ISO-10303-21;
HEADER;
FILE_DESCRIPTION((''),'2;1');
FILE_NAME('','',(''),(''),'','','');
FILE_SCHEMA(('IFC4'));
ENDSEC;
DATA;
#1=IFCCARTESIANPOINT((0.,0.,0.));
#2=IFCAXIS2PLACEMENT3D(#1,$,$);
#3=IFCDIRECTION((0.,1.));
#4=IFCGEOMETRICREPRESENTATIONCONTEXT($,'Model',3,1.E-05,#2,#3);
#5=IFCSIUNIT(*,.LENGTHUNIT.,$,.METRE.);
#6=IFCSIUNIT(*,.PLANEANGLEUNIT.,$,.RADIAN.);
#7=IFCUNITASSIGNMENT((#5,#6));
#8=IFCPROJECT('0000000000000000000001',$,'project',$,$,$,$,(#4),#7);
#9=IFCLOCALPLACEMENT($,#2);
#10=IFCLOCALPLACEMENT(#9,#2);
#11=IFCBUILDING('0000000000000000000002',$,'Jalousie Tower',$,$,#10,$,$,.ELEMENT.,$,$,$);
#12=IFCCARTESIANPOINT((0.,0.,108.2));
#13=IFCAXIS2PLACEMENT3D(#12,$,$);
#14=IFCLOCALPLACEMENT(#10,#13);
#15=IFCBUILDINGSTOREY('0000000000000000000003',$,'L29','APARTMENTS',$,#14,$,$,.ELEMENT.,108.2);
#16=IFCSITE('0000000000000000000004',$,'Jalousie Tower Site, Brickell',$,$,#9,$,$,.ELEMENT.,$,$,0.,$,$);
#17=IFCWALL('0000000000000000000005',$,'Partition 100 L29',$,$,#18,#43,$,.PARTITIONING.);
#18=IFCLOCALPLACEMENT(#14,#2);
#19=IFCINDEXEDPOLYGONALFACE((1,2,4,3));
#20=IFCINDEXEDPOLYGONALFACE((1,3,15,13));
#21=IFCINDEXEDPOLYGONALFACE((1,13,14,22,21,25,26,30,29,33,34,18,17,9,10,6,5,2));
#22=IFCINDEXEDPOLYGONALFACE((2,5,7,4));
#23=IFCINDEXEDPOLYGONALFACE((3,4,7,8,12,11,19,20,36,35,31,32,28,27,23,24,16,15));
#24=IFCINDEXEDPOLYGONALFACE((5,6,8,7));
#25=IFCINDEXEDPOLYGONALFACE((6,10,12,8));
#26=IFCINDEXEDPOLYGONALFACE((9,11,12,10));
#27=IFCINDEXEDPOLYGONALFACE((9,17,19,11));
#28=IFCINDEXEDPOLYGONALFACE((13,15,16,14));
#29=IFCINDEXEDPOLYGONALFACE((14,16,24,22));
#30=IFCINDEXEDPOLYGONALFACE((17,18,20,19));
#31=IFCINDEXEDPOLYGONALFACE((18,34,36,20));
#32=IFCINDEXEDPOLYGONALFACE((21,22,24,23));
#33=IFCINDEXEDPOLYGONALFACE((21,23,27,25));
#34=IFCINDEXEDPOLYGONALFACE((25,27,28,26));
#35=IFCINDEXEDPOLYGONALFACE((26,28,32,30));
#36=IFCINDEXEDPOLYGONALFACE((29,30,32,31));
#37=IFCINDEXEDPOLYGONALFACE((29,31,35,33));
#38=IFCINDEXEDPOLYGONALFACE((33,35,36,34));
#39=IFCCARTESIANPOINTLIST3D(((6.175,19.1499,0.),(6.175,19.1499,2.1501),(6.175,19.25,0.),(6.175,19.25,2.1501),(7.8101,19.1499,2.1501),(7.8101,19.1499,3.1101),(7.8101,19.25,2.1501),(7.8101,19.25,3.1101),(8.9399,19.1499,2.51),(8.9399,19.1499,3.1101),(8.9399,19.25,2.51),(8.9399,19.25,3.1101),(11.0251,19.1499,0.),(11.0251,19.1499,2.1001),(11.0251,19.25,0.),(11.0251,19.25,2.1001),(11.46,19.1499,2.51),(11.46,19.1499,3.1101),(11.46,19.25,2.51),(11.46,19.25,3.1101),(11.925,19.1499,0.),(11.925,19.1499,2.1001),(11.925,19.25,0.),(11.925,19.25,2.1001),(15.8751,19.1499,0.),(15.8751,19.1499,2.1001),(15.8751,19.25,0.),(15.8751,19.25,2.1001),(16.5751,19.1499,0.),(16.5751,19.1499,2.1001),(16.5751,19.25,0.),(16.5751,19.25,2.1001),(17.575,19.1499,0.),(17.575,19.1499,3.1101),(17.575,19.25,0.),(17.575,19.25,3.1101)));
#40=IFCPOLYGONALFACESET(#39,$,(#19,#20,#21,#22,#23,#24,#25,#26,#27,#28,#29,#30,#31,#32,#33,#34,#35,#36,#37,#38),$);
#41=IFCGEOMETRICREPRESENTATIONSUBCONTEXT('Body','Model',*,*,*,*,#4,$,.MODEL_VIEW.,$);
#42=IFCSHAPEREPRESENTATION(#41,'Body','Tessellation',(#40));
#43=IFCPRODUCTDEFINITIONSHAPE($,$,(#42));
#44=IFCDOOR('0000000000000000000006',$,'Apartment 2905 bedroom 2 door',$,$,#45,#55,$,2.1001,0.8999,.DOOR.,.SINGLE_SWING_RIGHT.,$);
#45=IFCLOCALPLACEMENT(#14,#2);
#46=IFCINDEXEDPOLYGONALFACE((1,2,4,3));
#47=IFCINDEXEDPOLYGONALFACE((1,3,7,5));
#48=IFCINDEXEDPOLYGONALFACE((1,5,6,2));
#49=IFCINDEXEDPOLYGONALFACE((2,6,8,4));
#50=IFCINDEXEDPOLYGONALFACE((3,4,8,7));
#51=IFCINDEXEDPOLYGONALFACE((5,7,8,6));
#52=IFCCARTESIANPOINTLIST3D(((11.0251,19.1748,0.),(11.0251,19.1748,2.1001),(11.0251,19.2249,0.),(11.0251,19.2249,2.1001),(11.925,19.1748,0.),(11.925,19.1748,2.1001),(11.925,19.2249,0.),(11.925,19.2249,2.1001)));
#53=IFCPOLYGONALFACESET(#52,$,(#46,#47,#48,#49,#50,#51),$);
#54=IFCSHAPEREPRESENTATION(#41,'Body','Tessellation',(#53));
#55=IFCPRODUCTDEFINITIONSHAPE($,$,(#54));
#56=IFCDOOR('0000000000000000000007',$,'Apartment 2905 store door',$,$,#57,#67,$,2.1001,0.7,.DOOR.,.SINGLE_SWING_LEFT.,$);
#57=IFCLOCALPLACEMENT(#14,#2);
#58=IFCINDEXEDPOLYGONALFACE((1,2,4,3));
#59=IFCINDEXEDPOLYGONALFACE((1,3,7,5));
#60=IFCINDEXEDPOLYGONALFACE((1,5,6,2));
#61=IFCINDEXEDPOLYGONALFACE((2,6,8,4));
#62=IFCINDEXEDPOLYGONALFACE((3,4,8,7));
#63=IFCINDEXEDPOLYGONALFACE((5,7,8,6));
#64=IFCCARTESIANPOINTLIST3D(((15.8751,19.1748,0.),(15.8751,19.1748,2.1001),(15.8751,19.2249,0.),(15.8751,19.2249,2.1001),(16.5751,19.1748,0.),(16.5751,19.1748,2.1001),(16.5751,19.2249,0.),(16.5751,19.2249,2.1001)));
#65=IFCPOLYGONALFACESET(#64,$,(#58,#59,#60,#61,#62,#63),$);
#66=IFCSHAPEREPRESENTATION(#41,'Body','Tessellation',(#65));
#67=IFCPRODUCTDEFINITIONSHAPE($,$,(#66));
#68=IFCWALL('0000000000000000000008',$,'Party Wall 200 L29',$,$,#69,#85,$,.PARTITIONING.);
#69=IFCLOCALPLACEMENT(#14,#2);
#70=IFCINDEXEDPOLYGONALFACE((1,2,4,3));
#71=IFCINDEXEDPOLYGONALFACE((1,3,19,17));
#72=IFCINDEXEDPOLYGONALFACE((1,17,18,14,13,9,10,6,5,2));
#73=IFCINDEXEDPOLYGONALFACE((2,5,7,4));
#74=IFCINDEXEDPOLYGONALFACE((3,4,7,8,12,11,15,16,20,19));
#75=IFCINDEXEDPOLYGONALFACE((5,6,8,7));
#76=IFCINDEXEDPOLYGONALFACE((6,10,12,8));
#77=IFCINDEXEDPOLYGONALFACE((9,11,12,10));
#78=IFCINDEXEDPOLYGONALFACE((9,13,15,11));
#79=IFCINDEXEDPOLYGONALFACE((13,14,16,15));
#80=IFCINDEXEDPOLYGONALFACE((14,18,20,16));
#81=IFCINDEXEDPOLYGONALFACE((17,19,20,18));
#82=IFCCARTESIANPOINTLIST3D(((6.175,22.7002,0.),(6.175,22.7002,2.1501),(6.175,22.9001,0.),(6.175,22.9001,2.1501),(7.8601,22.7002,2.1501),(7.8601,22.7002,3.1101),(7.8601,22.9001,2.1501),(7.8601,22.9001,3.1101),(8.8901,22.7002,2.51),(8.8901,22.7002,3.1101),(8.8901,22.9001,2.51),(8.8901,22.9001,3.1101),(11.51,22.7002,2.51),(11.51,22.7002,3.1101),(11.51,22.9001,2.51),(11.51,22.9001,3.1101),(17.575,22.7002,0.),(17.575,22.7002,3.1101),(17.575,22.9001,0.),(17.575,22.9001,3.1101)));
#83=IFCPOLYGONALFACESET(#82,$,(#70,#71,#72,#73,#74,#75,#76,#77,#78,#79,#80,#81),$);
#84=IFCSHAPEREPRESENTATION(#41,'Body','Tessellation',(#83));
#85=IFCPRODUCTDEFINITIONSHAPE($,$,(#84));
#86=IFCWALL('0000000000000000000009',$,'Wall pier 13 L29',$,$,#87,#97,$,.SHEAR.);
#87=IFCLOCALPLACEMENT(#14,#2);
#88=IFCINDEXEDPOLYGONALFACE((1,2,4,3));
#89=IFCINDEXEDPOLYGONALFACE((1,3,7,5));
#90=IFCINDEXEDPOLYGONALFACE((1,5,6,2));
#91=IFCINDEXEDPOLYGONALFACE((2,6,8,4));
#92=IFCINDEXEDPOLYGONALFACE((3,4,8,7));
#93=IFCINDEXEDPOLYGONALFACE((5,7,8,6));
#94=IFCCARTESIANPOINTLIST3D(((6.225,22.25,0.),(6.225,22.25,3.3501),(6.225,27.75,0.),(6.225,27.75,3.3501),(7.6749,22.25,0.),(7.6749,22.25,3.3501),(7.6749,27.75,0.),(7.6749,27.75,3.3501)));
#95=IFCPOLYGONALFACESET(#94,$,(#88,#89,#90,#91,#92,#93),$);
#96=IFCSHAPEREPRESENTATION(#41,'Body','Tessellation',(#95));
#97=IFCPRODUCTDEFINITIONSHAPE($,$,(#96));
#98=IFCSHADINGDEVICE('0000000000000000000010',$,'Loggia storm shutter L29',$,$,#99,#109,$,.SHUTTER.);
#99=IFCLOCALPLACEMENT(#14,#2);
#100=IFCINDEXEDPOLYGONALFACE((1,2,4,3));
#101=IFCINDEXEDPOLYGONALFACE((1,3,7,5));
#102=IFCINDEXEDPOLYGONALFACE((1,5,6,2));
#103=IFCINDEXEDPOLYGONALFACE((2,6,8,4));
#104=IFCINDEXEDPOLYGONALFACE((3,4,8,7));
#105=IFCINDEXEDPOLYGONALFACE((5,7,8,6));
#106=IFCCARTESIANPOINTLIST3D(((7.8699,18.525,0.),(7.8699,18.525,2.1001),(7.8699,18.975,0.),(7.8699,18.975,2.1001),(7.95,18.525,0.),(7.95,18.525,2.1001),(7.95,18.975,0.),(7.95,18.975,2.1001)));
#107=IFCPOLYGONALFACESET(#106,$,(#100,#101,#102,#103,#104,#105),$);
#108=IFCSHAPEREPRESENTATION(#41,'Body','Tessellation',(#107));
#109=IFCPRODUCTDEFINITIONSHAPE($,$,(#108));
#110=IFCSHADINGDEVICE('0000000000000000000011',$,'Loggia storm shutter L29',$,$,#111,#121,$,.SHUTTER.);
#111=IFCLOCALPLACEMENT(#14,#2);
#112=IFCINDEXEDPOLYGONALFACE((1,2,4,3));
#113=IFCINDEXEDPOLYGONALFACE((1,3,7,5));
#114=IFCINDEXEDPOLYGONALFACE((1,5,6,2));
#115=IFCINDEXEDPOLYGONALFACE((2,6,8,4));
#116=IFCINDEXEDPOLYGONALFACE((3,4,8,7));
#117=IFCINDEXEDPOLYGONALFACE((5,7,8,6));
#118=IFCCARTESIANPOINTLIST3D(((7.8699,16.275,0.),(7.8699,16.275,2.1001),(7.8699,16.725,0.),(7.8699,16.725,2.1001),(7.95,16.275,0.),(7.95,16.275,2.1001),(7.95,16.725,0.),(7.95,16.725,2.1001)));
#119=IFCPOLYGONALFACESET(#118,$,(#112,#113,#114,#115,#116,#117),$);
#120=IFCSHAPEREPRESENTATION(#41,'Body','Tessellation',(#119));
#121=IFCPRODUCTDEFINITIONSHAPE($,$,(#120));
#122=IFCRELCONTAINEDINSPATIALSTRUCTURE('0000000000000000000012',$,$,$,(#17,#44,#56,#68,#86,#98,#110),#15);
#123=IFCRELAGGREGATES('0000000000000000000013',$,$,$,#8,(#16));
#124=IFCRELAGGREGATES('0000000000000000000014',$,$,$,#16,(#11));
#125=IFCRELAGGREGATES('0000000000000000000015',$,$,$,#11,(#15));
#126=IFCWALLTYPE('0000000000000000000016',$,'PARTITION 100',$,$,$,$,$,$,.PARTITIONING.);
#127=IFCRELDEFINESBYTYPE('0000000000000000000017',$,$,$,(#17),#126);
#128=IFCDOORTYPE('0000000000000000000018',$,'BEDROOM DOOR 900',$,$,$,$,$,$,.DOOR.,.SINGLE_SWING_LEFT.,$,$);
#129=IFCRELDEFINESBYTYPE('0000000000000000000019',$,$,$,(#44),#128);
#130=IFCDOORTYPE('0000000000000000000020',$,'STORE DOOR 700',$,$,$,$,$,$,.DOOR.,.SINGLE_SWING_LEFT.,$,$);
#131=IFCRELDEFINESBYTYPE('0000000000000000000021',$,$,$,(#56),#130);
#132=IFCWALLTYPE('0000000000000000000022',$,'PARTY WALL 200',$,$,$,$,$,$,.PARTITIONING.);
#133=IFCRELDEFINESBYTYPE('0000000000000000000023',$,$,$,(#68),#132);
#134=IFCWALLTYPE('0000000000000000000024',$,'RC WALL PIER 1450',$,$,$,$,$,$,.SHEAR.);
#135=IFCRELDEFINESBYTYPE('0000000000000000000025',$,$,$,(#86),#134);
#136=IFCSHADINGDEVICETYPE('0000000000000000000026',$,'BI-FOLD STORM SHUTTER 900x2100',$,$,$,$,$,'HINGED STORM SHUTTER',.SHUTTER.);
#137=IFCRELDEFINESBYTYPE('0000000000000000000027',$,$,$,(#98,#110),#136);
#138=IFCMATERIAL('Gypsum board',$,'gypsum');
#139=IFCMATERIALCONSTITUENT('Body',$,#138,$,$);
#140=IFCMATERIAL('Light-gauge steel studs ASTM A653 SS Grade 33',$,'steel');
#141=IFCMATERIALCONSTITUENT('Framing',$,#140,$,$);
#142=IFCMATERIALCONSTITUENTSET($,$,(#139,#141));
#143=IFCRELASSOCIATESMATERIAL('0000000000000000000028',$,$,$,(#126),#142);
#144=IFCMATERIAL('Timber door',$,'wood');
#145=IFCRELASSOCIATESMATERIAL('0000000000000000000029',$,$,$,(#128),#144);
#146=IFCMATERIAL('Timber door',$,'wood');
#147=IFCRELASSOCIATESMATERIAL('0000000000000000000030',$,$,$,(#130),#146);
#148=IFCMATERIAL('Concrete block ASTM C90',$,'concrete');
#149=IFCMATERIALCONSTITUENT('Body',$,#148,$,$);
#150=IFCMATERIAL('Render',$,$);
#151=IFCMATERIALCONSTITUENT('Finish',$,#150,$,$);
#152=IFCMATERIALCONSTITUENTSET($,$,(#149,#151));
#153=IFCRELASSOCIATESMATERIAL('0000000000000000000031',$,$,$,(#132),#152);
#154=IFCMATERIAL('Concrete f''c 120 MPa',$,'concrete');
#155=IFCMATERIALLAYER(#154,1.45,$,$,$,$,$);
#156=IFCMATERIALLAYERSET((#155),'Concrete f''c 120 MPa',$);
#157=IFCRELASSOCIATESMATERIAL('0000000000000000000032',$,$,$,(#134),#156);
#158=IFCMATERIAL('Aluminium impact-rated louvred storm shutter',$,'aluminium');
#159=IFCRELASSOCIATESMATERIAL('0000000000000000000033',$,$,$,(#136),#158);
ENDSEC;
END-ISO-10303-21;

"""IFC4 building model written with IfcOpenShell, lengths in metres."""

from ifc_helpers import new_model, si_unit, direction, frame, frame_2d, origin, origin_2d, place, context, subcontext, project, spatial, polyline, rectangle, outline, extrude, material, layer, layer_set, constituent, constituent_set, type_object, element, fill, save


model = new_model("IFC4")

# Units and contexts
model_context = context("Model", 3, precision=1e-05, world=origin(), true_north=direction((0.0, 1.0)))
body_context = subcontext(model_context, "Body", "Model", "MODEL_VIEW")
ifc_project = project(units=[si_unit("LENGTHUNIT", "METRE"), si_unit("PLANEANGLEUNIT", "RADIAN")], contexts=[model_context])

# Site, building, storey
site_placement = place(None, origin())
site = spatial("IfcSite", under=ifc_project, at=site_placement, Name="Jalousie Tower Site, Brickell", CompositionType="ELEMENT", RefElevation=0.0)
building_placement = place(site_placement, origin())
building = spatial("IfcBuilding", under=site, at=building_placement, Name="Jalousie Tower", CompositionType="ELEMENT")
storey_placement = place(building_placement, frame((0.0, 0.0, 108.2)))
storey = spatial("IfcBuildingStorey", under=building, at=storey_placement, Name="L29", Description="APARTMENTS", CompositionType="ELEMENT", Elevation=108.2)

# Wall, openings, doors
ifc_material_1 = material(Name="Gypsum board", Category="gypsum")
ifc_constituent_1 = constituent(ifc_material_1, Name="Body")
ifc_material_2 = material(Name="Light-gauge steel studs ASTM A653 SS Grade 33", Category="steel")
ifc_constituent_2 = constituent(ifc_material_2, Name="Framing")
ifc_constituent_set_1 = constituent_set(constituents=[ifc_constituent_1, ifc_constituent_2])
wall_type_1 = type_object("IfcWallType", Name="PARTITION 100", PredefinedType="PARTITIONING", material=ifc_constituent_set_1)
wall_1_placement = place(storey_placement, frame((6.175, 19.2, 0.0), z_axis=(0.0, 0.0, 1.0), x_axis=(1.0, 0.0, 0.0)))
wall_1 = element("IfcWall", 1, at=wall_1_placement, inside=storey, type_object=wall_type_1, Name="Partition 100 L29", PredefinedType="PARTITIONING", context=body_context, shape_type="SweptSolid", body=[
    extrude(outline(polyline([(0.0, 0.0), (11.3999, 0.0), (11.3999, 3.1101), (5.2849, 3.1101), (5.2849, 2.51), (2.7649, 2.51), (2.7649, 3.1101), (1.635, 3.1101), (1.635, 2.1501), (0.0, 2.1501), (0.0, 3.1101), (0.0, 0.0)])), frame((0.0, 0.05, 0.0), z_axis=(0.0, -1.0, 0.0), x_axis=(1.0, 0.0, 0.0)), (0.0, 0.0, 1.0), 0.1001),
])
opening_1_placement = place(wall_1_placement, frame((4.8501, 0.0, 0.0)))
opening_1 = element("IfcOpeningElement", 2, at=opening_1_placement, cuts=wall_1, PredefinedType="OPENING", context=body_context, shape_type="SweptSolid", body=[
    extrude(rectangle(XDim=0.8999, YDim=2.1001, at=frame_2d((0.45, 1.05))), frame((0.0, 0.0601, 0.0), z_axis=(0.0, -1.0, 0.0), x_axis=(1.0, 0.0, 0.0)), (0.0, 0.0, 1.0), 0.1201),
])
opening_2_placement = place(wall_1_placement, frame((9.7, 0.0, 0.0)))
opening_2 = element("IfcOpeningElement", 3, at=opening_2_placement, cuts=wall_1, PredefinedType="OPENING", context=body_context, shape_type="SweptSolid", body=[
    extrude(rectangle(XDim=0.7, YDim=2.1001, at=frame_2d((0.3501, 1.05))), frame((0.0, 0.0601, 0.0), z_axis=(0.0, -1.0, 0.0), x_axis=(1.0, 0.0, 0.0)), (0.0, 0.0, 1.0), 0.1201),
])
ifc_material_3 = material(Name="Timber door", Category="wood")
door_type_1 = type_object("IfcDoorType", Name="BEDROOM DOOR 900", OperationType="SINGLE_SWING_LEFT", PredefinedType="DOOR", material=ifc_material_3)
door_1_placement = place(opening_1_placement, origin())
door_1 = element("IfcDoor", 4, at=door_1_placement, inside=storey, type_object=door_type_1, Name="Apartment 2905 bedroom 2 door", OperationType="SINGLE_SWING_RIGHT", OverallHeight=2.1001, OverallWidth=0.8999, PredefinedType="DOOR", context=body_context, shape_type="SweptSolid", body=[
    extrude(rectangle(XDim=0.8999, YDim=2.1001, at=frame_2d((0.45, 1.05))), frame((0.0, 0.0249, 0.0), z_axis=(0.0, -1.0, 0.0), x_axis=(1.0, 0.0, 0.0)), (0.0, 0.0, 1.0), 0.05),
])
fill(opening_1, door_1)
ifc_material_4 = material(Name="Timber door", Category="wood")
door_type_2 = type_object("IfcDoorType", Name="STORE DOOR 700", OperationType="SINGLE_SWING_LEFT", PredefinedType="DOOR", material=ifc_material_4)
door_2_placement = place(opening_2_placement, origin())
door_2 = element("IfcDoor", 5, at=door_2_placement, inside=storey, type_object=door_type_2, Name="Apartment 2905 store door", OperationType="SINGLE_SWING_LEFT", OverallHeight=2.1001, OverallWidth=0.7, PredefinedType="DOOR", context=body_context, shape_type="SweptSolid", body=[
    extrude(rectangle(XDim=0.7, YDim=2.1001, at=frame_2d((0.3501, 1.05))), frame((0.0, 0.0249, 0.0), z_axis=(0.0, -1.0, 0.0), x_axis=(1.0, 0.0, 0.0)), (0.0, 0.0, 1.0), 0.05),
])
fill(opening_2, door_2)

# Walls
ifc_material_5 = material(Name="Concrete block ASTM C90", Category="concrete")
ifc_constituent_3 = constituent(ifc_material_5, Name="Body")
ifc_material_6 = material(Name="Render")
ifc_constituent_4 = constituent(ifc_material_6, Name="Finish")
ifc_constituent_set_2 = constituent_set(constituents=[ifc_constituent_3, ifc_constituent_4])
wall_type_2 = type_object("IfcWallType", Name="PARTY WALL 200", PredefinedType="PARTITIONING", material=ifc_constituent_set_2)
wall_2_placement = place(storey_placement, frame((6.175, 22.8, 0.0), z_axis=(0.0, 0.0, 1.0), x_axis=(1.0, 0.0, 0.0)))
element("IfcWall", 6, at=wall_2_placement, inside=storey, type_object=wall_type_2, Name="Party Wall 200 L29", PredefinedType="PARTITIONING", context=body_context, shape_type="SweptSolid", body=[
    extrude(outline(polyline([(0.0, 0.0), (11.3999, 0.0), (11.3999, 3.1101), (5.335, 3.1101), (5.335, 2.51), (2.7151, 2.51), (2.7151, 3.1101), (1.6851, 3.1101), (1.6851, 2.1501), (0.0, 2.1501), (0.0, 0.0)])), frame((0.0, 0.1001, 0.0), z_axis=(0.0, -1.0, 0.0), x_axis=(1.0, 0.0, 0.0)), (0.0, 0.0, 1.0), 0.2),
])
ifc_material_7 = material(Name="Concrete f'c 120 MPa", Category="concrete")
ifc_layer_1 = layer(ifc_material_7, 1.45)
ifc_layer_set_1 = layer_set([ifc_layer_1], Name="Concrete f'c 120 MPa")
wall_type_3 = type_object("IfcWallType", Name="RC WALL PIER 1450", PredefinedType="SHEAR", material=ifc_layer_set_1)
wall_3_placement = place(storey_placement, frame((6.95, 22.25, 0.0), z_axis=(0.0, 0.0, 1.0), x_axis=(0.0, 1.0, 0.0)))
element("IfcWall", 7, at=wall_3_placement, inside=storey, type_object=wall_type_3, Name="Wall pier 13 L29", PredefinedType="SHEAR", context=body_context, shape_type="SweptSolid", body=[
    extrude(rectangle(XDim=5.5, YDim=1.45, at=frame_2d((2.75, 0.0))), origin(), (0.0, 0.0, 1.0), 3.3501),
])

# Shading devices
ifc_material_8 = material(Name="Aluminium impact-rated louvred storm shutter", Category="aluminium")
shading_device_type_1 = type_object("IfcShadingDeviceType", Name="BI-FOLD STORM SHUTTER 900x2100", ElementType="HINGED STORM SHUTTER", PredefinedType="SHUTTER", material=ifc_material_8)
for number, where, z_axis, x_axis, name in (
    (8, (7.9099, 18.75, 0.0), (0.0, 0.0, 1.0), (0.0, -1.0, 0.0), "Loggia storm shutter L29"),
    (9, (7.9099, 16.5, 0.0), (0.0, 0.0, 1.0), (0.0, -1.0, 0.0), "Loggia storm shutter L29"),
):
    element("IfcShadingDevice", number, at=place(storey_placement, frame(where, z_axis=z_axis, x_axis=x_axis)), inside=storey, type_object=shading_device_type_1, Name=name, PredefinedType="SHUTTER", context=body_context, shape_type="SweptSolid", body=[
        extrude(rectangle(XDim=0.45, YDim=0.0801, at=origin_2d()), origin(), (0.0, 0.0, 1.0), 2.1001),
    ])

save(model, "model.ifc")
